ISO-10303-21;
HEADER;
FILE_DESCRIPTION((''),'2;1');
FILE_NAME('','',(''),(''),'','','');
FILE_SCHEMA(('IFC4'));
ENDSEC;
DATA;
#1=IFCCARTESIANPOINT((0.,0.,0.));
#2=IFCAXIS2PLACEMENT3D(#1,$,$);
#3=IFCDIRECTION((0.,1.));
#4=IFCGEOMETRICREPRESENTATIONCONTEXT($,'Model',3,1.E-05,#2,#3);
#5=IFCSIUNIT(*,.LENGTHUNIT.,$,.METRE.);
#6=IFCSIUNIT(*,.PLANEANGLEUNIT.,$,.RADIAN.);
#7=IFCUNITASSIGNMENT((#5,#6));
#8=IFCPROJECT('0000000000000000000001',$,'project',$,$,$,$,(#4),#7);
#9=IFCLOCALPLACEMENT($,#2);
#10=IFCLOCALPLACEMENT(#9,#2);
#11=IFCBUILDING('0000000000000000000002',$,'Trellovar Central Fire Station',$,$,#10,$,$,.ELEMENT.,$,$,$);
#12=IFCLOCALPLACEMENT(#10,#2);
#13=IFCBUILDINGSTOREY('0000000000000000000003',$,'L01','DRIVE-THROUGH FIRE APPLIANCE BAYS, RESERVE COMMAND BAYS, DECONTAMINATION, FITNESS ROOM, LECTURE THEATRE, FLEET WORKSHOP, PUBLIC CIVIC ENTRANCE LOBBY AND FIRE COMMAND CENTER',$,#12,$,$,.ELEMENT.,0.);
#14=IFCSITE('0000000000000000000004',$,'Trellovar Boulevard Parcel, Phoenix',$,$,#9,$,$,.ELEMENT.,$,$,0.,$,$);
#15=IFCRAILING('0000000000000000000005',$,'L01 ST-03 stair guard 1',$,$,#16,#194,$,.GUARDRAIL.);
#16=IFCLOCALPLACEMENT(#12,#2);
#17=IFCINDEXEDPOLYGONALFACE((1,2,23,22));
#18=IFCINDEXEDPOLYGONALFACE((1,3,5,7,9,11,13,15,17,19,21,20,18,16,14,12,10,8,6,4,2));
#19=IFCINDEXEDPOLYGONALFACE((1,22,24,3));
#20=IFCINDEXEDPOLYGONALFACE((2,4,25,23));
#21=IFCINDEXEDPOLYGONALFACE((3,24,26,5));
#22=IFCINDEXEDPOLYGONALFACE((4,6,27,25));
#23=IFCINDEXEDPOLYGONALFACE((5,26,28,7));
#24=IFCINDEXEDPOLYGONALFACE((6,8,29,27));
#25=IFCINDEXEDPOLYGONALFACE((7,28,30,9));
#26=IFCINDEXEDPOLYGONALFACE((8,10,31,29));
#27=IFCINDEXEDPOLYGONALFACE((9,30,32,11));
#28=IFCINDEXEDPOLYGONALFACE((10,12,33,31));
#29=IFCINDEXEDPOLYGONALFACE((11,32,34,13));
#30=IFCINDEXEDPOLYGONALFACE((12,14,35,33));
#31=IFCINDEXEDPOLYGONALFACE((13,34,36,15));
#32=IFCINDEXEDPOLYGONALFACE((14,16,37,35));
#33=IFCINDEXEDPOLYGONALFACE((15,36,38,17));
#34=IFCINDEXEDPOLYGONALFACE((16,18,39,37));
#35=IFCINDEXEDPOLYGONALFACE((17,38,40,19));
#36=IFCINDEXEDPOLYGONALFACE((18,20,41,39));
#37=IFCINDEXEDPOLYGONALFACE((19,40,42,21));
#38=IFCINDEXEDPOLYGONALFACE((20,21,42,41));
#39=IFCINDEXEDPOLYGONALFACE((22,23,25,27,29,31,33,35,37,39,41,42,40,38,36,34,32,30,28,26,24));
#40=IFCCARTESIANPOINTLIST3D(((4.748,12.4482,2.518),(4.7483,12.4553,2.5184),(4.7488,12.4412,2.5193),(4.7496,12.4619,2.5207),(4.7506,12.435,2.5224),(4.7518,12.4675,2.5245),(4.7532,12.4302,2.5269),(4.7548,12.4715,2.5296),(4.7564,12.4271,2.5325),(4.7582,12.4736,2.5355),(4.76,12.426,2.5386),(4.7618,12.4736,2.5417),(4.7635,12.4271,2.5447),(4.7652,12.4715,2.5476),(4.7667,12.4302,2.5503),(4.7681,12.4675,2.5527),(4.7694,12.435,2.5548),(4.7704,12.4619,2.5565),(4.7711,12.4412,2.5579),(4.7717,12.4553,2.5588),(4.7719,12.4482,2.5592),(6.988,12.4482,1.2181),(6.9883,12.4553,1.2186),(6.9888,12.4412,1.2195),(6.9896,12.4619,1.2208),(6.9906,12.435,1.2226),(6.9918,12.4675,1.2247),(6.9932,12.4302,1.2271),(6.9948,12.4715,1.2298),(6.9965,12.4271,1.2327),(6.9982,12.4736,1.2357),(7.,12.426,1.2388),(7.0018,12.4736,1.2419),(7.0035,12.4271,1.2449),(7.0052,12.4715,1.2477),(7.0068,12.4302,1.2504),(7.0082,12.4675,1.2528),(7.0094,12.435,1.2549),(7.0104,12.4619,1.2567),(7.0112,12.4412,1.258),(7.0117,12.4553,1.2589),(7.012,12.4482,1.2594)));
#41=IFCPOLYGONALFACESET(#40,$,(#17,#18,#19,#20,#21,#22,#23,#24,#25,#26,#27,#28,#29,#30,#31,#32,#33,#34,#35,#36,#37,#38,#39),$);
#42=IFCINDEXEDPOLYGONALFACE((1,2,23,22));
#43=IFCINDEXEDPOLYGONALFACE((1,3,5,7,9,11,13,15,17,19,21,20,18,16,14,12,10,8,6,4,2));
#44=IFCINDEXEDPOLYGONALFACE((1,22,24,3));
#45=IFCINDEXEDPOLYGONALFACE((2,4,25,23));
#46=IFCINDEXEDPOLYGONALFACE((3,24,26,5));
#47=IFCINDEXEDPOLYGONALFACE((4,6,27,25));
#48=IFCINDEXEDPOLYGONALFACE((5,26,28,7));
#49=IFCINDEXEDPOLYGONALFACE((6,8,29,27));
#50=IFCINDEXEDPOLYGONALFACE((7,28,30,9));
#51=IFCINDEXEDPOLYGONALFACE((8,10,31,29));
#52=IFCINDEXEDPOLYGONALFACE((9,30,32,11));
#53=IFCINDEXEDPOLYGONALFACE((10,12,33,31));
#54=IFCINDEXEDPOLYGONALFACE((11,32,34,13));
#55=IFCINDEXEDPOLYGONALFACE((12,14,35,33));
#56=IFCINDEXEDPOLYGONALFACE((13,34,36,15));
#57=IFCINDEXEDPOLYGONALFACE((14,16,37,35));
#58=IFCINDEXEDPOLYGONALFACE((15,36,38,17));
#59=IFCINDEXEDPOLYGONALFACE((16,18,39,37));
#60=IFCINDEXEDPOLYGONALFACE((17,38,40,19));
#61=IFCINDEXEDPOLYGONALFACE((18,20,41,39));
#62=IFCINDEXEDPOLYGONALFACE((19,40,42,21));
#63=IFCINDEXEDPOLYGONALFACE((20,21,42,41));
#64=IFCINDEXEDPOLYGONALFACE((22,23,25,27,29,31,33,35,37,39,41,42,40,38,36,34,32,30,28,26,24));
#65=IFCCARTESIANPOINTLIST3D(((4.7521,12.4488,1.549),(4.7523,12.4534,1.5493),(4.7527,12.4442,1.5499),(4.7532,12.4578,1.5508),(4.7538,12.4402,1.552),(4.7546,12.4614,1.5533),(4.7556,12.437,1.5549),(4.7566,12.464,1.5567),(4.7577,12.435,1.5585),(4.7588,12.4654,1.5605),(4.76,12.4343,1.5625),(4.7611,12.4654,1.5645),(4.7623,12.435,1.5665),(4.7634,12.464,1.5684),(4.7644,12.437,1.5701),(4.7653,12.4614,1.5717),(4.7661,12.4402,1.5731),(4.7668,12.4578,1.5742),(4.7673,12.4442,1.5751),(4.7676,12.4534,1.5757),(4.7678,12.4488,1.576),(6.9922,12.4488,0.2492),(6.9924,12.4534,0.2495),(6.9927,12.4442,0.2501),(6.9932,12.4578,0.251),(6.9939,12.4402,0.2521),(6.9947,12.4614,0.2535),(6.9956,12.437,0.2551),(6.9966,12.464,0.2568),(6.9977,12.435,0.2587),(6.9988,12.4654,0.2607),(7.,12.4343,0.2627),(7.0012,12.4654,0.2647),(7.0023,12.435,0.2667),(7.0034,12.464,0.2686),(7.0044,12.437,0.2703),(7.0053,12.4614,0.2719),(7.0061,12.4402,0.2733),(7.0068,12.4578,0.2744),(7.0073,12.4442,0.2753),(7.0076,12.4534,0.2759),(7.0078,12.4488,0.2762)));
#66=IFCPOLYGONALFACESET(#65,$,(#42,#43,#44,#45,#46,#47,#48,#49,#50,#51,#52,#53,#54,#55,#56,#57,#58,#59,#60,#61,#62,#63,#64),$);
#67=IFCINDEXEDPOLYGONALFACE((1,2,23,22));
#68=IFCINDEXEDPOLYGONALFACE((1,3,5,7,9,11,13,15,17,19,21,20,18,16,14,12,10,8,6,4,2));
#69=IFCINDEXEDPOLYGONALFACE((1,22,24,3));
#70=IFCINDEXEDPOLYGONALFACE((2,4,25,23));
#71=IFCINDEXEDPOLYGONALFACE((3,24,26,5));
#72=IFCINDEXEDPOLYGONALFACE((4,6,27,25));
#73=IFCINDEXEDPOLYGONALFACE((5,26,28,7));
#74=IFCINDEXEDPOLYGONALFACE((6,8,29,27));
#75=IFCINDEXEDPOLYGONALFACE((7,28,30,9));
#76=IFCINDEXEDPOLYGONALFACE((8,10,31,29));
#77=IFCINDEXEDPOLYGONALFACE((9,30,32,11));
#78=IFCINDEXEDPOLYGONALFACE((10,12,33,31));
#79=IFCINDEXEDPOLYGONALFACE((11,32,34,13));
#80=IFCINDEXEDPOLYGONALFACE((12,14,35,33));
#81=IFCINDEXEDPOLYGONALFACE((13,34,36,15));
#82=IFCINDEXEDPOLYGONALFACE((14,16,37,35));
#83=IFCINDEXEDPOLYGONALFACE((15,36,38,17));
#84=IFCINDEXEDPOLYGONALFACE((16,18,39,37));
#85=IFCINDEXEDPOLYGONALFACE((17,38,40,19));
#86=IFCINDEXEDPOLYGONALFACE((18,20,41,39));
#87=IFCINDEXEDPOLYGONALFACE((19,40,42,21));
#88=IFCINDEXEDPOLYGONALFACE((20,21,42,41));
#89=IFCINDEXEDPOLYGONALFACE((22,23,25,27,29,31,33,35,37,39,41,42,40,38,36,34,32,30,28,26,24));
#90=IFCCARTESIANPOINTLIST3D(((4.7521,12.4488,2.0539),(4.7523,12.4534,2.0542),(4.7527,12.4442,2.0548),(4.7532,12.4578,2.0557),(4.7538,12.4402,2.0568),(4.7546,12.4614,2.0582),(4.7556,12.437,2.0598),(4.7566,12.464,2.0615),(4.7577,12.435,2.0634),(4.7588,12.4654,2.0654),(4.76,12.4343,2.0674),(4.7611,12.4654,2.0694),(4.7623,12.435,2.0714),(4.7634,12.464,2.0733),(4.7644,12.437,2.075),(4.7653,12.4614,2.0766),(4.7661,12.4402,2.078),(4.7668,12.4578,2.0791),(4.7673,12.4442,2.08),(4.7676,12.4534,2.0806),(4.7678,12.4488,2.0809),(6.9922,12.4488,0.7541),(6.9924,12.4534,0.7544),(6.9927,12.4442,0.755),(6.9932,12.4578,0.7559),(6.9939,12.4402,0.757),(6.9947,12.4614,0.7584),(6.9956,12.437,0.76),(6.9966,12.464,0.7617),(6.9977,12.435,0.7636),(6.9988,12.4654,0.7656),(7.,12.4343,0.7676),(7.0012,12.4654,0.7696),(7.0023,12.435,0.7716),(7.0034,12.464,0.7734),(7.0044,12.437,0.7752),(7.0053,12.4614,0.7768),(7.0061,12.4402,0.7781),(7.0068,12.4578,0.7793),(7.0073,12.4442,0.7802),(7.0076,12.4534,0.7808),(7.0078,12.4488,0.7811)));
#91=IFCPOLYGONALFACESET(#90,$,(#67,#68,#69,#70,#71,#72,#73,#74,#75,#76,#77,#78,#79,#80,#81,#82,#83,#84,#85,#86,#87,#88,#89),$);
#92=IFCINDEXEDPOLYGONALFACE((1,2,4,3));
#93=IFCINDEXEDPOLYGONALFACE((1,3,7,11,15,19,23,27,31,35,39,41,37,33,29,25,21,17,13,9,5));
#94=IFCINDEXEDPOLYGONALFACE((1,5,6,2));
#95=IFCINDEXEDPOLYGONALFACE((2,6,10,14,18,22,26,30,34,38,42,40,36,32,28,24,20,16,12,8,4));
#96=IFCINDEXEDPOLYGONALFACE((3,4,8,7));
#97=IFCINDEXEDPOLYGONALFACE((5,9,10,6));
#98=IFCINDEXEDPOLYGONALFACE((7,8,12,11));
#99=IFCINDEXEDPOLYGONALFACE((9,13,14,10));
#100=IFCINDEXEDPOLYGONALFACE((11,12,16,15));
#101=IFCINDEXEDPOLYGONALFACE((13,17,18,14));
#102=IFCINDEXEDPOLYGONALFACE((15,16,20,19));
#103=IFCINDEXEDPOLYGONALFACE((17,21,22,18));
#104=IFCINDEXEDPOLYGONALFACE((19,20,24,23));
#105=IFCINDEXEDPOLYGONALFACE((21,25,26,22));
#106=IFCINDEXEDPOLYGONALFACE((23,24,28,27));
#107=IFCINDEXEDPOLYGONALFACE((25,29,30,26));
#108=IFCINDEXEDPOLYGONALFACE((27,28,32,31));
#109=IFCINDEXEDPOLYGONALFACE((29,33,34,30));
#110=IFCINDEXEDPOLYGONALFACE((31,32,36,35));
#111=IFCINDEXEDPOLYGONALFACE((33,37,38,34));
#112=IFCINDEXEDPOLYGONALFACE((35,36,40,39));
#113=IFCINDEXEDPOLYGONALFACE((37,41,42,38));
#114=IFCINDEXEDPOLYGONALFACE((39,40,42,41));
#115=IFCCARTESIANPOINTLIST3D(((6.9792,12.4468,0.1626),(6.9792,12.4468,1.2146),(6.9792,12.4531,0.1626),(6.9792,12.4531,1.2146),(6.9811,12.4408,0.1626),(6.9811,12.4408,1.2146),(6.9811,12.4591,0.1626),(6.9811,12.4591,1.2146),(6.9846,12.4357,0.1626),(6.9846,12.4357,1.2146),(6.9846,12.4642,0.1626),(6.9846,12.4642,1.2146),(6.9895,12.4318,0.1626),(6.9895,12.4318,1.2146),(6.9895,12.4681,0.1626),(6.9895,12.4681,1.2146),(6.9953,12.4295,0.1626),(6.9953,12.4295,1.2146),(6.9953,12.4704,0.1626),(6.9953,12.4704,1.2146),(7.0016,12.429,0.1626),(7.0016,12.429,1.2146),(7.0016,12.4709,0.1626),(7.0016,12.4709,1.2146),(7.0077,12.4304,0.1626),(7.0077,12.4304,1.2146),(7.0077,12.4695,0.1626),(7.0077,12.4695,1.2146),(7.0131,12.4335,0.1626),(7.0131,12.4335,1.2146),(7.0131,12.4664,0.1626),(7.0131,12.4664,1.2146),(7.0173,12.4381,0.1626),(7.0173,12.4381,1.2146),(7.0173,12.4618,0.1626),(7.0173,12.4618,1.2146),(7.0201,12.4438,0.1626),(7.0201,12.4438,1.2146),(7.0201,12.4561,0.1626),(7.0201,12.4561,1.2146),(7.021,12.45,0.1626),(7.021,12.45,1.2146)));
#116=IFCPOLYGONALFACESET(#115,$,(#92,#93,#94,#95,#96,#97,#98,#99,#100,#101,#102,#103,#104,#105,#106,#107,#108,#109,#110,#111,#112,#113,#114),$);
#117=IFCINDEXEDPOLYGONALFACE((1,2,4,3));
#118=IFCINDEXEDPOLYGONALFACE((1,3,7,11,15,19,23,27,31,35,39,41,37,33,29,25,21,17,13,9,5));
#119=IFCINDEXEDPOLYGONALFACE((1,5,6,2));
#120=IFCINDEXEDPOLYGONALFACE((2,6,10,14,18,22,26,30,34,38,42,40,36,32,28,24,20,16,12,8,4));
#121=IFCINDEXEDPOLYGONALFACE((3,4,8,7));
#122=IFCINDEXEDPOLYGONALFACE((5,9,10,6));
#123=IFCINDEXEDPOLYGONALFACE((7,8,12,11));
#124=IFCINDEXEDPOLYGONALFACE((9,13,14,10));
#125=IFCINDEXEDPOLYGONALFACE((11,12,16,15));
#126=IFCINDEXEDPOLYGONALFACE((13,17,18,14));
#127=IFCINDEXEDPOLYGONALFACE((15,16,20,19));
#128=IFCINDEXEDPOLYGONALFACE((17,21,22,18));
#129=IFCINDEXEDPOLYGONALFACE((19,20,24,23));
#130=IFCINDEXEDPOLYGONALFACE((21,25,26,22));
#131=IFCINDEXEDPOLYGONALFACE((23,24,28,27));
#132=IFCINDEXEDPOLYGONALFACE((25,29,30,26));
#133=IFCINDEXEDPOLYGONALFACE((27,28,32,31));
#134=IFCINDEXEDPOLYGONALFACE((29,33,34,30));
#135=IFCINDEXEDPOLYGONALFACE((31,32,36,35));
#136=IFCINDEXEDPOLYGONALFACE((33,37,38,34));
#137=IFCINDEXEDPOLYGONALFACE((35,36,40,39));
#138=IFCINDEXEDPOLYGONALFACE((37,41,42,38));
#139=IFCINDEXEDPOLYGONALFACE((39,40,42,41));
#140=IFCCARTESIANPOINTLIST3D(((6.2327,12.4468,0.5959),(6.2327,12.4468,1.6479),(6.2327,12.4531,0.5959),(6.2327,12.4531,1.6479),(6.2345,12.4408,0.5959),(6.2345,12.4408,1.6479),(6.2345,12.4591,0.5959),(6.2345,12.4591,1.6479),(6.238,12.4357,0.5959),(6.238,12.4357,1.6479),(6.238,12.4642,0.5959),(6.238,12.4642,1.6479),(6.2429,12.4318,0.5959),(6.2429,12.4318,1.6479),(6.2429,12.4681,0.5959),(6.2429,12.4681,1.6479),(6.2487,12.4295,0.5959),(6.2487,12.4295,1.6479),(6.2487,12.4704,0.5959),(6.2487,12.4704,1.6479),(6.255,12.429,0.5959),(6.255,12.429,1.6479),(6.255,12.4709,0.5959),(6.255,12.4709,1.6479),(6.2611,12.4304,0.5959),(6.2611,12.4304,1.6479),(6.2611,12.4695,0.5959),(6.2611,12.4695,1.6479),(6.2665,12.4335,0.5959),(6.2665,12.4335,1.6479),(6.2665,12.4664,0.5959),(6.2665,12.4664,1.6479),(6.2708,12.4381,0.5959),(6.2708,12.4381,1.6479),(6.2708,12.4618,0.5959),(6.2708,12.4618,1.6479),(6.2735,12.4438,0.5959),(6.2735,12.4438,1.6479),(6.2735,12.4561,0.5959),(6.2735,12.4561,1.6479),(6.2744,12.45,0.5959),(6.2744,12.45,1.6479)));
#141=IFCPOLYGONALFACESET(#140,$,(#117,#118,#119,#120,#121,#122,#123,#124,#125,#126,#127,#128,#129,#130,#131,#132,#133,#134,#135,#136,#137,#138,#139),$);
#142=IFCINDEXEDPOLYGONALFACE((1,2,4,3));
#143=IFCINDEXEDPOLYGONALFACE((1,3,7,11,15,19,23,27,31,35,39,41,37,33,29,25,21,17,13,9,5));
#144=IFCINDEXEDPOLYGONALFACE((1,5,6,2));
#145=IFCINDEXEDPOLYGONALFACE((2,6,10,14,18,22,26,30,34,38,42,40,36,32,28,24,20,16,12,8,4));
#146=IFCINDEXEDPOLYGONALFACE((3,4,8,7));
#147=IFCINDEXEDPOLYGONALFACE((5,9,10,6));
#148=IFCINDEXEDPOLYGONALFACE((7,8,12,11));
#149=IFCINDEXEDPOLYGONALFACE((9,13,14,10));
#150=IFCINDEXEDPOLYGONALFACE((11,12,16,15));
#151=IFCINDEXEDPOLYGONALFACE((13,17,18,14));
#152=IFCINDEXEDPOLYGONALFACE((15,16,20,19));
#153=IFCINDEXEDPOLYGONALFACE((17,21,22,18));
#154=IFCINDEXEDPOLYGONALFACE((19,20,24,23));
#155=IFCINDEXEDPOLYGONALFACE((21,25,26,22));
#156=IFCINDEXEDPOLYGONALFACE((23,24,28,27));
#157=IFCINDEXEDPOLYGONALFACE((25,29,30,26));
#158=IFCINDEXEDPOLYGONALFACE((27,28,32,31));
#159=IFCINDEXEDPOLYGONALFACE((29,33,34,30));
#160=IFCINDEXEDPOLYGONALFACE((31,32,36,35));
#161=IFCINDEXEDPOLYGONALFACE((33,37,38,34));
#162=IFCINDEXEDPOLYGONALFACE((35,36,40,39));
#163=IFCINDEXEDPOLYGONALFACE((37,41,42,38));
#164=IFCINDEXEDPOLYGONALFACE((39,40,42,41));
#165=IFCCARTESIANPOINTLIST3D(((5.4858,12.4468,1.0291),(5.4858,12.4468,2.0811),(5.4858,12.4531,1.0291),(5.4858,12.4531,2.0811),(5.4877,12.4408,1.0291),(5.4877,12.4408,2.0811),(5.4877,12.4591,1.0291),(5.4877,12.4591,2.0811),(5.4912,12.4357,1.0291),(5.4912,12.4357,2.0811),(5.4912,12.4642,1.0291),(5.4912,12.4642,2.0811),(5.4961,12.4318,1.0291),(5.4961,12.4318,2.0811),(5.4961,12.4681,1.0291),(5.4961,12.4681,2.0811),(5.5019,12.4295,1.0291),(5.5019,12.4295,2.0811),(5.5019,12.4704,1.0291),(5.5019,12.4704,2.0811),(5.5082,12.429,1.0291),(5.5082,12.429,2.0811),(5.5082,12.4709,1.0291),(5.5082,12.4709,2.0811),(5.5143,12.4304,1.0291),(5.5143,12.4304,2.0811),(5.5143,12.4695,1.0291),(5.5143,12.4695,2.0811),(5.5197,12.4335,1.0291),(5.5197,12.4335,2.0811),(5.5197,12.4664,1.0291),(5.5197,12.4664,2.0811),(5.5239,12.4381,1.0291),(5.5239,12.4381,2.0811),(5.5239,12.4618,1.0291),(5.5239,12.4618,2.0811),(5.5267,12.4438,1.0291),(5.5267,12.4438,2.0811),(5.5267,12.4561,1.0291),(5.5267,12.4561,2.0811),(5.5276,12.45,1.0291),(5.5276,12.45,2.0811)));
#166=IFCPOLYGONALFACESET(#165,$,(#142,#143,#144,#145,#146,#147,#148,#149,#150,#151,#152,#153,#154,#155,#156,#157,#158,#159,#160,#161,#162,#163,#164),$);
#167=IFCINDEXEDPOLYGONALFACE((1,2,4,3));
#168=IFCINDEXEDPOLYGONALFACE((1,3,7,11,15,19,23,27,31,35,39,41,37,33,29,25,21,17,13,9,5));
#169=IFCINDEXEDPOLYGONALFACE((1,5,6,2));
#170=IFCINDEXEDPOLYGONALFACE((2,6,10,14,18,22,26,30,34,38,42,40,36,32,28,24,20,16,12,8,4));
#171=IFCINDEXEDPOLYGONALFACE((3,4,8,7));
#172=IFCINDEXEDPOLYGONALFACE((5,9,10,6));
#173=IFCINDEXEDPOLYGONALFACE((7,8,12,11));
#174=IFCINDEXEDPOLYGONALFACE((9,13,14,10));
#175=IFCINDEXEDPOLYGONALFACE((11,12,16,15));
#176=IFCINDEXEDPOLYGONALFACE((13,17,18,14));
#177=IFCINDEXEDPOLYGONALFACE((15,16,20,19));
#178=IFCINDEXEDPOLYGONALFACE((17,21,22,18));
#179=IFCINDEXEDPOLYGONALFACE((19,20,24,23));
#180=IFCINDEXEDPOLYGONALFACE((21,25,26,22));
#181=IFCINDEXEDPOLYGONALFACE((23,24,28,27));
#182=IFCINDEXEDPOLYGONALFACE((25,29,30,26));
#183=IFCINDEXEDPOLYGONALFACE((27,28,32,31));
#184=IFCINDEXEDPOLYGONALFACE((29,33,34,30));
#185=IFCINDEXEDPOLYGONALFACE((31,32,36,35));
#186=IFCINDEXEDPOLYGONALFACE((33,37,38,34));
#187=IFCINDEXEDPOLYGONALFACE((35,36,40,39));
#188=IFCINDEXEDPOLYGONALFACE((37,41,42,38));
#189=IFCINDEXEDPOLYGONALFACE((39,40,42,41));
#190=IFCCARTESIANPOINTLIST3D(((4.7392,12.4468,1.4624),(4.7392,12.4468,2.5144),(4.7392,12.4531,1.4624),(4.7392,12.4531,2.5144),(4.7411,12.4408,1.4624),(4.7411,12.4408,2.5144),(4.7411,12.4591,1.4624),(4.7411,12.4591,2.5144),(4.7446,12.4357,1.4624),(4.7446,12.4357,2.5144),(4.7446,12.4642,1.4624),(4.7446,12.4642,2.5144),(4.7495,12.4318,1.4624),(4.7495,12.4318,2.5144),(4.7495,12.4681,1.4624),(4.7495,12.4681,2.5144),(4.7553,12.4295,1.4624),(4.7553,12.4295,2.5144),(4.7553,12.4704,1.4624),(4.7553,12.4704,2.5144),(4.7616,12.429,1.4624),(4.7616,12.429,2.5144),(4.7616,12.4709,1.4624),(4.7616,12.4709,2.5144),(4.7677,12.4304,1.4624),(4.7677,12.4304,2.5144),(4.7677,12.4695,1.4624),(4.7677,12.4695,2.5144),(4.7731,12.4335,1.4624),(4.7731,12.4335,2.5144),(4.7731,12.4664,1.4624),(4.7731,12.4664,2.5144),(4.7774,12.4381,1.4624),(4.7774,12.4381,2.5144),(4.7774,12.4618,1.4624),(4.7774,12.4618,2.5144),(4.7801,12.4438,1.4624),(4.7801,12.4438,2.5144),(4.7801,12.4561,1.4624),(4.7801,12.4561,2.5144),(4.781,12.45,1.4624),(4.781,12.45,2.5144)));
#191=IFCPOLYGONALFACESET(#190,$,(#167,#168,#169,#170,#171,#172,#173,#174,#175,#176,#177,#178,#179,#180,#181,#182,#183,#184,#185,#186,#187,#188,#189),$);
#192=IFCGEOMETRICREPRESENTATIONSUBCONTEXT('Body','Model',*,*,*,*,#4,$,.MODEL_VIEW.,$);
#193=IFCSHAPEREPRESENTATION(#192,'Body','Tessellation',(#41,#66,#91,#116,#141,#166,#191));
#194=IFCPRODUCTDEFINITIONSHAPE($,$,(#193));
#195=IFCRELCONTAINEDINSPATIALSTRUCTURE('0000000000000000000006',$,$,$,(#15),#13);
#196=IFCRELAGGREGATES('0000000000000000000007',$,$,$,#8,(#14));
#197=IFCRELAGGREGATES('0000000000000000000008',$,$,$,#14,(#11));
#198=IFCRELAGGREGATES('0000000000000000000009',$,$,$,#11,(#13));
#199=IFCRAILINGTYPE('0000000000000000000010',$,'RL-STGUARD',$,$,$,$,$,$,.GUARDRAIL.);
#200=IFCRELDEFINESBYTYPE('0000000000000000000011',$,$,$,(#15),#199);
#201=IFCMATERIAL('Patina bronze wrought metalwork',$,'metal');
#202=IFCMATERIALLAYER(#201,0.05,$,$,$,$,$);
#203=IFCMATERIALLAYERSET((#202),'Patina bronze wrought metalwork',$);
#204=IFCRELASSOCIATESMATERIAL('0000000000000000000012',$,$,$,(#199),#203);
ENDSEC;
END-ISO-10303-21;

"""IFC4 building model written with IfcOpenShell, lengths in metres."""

from ifc_helpers import new_model, si_unit, direction, frame, origin, origin_2d, place, context, subcontext, project, spatial, circle, extrude, material, layer, layer_set, type_object, element, save


model = new_model("IFC4")

# Units and contexts
model_context = context("Model", 3, precision=1e-05, world=origin(), true_north=direction((0.0, 1.0)))
body_context = subcontext(model_context, "Body", "Model", "MODEL_VIEW")
ifc_project = project(units=[si_unit("LENGTHUNIT", "METRE"), si_unit("PLANEANGLEUNIT", "RADIAN")], contexts=[model_context])

# Site, building, storey
site_placement = place(None, origin())
site = spatial("IfcSite", under=ifc_project, at=site_placement, Name="Trellovar Boulevard Parcel, Phoenix", CompositionType="ELEMENT", RefElevation=0.0)
building_placement = place(site_placement, origin())
building = spatial("IfcBuilding", under=site, at=building_placement, Name="Trellovar Central Fire Station", CompositionType="ELEMENT")
storey_placement = place(building_placement, origin())
storey = spatial("IfcBuildingStorey", under=building, at=storey_placement, Name="L01", Description="DRIVE-THROUGH FIRE APPLIANCE BAYS, RESERVE COMMAND BAYS, DECONTAMINATION, FITNESS ROOM, LECTURE THEATRE, FLEET WORKSHOP, PUBLIC CIVIC ENTRANCE LOBBY AND FIRE COMMAND CENTER", CompositionType="ELEMENT", Elevation=0.0)

# Railing
ifc_material_1 = material(Name="Patina bronze wrought metalwork", Category="metal")
ifc_layer_1 = layer(ifc_material_1, 0.05)
ifc_layer_set_1 = layer_set([ifc_layer_1], Name="Patina bronze wrought metalwork")
railing_type_1 = type_object("IfcRailingType", Name="RL-STGUARD", PredefinedType="GUARDRAIL", material=ifc_layer_set_1)
railing_1_placement = place(storey_placement, frame((7.0, 12.45, 0.1626)))
element("IfcRailing", 1, at=railing_1_placement, inside=storey, type_object=railing_type_1, Name="L01 ST-03 stair guard 1", PredefinedType="GUARDRAIL", context=body_context, shape_type="SweptSolid", body=[
    extrude(circle(Radius=0.0239, at=origin_2d()), frame((0.0, 0.0, 1.0762), z_axis=(-0.864929, 0.0, 0.501894), x_axis=(0.0, -1.0, 0.0)), (0.0, 0.0, 1.0), 2.5898),
    extrude(circle(Radius=0.0156, at=origin_2d()), frame((0.0, 0.0, 0.1001), z_axis=(-0.864929, 0.0, 0.501894), x_axis=(0.0, -1.0, 0.0)), (0.0, 0.0, 1.0), 2.5898),
    extrude(circle(Radius=0.0156, at=origin_2d()), frame((0.0, 0.0, 0.605), z_axis=(-0.864929, 0.0, 0.501894), x_axis=(0.0, -1.0, 0.0)), (0.0, 0.0, 1.0), 2.5898),
    extrude(circle(Radius=0.021, at=origin_2d()), origin(), (0.0, 0.0, 1.0), 1.052),
    extrude(circle(Radius=0.021, at=origin_2d()), frame((-0.7466, 0.0, 0.4333)), (0.0, 0.0, 1.0), 1.052),
    extrude(circle(Radius=0.021, at=origin_2d()), frame((-1.4934, 0.0, 0.8665)), (0.0, 0.0, 1.0), 1.052),
    extrude(circle(Radius=0.021, at=origin_2d()), frame((-2.24, 0.0, 1.2998)), (0.0, 0.0, 1.0), 1.052),
])

save(model, "model.ifc")
